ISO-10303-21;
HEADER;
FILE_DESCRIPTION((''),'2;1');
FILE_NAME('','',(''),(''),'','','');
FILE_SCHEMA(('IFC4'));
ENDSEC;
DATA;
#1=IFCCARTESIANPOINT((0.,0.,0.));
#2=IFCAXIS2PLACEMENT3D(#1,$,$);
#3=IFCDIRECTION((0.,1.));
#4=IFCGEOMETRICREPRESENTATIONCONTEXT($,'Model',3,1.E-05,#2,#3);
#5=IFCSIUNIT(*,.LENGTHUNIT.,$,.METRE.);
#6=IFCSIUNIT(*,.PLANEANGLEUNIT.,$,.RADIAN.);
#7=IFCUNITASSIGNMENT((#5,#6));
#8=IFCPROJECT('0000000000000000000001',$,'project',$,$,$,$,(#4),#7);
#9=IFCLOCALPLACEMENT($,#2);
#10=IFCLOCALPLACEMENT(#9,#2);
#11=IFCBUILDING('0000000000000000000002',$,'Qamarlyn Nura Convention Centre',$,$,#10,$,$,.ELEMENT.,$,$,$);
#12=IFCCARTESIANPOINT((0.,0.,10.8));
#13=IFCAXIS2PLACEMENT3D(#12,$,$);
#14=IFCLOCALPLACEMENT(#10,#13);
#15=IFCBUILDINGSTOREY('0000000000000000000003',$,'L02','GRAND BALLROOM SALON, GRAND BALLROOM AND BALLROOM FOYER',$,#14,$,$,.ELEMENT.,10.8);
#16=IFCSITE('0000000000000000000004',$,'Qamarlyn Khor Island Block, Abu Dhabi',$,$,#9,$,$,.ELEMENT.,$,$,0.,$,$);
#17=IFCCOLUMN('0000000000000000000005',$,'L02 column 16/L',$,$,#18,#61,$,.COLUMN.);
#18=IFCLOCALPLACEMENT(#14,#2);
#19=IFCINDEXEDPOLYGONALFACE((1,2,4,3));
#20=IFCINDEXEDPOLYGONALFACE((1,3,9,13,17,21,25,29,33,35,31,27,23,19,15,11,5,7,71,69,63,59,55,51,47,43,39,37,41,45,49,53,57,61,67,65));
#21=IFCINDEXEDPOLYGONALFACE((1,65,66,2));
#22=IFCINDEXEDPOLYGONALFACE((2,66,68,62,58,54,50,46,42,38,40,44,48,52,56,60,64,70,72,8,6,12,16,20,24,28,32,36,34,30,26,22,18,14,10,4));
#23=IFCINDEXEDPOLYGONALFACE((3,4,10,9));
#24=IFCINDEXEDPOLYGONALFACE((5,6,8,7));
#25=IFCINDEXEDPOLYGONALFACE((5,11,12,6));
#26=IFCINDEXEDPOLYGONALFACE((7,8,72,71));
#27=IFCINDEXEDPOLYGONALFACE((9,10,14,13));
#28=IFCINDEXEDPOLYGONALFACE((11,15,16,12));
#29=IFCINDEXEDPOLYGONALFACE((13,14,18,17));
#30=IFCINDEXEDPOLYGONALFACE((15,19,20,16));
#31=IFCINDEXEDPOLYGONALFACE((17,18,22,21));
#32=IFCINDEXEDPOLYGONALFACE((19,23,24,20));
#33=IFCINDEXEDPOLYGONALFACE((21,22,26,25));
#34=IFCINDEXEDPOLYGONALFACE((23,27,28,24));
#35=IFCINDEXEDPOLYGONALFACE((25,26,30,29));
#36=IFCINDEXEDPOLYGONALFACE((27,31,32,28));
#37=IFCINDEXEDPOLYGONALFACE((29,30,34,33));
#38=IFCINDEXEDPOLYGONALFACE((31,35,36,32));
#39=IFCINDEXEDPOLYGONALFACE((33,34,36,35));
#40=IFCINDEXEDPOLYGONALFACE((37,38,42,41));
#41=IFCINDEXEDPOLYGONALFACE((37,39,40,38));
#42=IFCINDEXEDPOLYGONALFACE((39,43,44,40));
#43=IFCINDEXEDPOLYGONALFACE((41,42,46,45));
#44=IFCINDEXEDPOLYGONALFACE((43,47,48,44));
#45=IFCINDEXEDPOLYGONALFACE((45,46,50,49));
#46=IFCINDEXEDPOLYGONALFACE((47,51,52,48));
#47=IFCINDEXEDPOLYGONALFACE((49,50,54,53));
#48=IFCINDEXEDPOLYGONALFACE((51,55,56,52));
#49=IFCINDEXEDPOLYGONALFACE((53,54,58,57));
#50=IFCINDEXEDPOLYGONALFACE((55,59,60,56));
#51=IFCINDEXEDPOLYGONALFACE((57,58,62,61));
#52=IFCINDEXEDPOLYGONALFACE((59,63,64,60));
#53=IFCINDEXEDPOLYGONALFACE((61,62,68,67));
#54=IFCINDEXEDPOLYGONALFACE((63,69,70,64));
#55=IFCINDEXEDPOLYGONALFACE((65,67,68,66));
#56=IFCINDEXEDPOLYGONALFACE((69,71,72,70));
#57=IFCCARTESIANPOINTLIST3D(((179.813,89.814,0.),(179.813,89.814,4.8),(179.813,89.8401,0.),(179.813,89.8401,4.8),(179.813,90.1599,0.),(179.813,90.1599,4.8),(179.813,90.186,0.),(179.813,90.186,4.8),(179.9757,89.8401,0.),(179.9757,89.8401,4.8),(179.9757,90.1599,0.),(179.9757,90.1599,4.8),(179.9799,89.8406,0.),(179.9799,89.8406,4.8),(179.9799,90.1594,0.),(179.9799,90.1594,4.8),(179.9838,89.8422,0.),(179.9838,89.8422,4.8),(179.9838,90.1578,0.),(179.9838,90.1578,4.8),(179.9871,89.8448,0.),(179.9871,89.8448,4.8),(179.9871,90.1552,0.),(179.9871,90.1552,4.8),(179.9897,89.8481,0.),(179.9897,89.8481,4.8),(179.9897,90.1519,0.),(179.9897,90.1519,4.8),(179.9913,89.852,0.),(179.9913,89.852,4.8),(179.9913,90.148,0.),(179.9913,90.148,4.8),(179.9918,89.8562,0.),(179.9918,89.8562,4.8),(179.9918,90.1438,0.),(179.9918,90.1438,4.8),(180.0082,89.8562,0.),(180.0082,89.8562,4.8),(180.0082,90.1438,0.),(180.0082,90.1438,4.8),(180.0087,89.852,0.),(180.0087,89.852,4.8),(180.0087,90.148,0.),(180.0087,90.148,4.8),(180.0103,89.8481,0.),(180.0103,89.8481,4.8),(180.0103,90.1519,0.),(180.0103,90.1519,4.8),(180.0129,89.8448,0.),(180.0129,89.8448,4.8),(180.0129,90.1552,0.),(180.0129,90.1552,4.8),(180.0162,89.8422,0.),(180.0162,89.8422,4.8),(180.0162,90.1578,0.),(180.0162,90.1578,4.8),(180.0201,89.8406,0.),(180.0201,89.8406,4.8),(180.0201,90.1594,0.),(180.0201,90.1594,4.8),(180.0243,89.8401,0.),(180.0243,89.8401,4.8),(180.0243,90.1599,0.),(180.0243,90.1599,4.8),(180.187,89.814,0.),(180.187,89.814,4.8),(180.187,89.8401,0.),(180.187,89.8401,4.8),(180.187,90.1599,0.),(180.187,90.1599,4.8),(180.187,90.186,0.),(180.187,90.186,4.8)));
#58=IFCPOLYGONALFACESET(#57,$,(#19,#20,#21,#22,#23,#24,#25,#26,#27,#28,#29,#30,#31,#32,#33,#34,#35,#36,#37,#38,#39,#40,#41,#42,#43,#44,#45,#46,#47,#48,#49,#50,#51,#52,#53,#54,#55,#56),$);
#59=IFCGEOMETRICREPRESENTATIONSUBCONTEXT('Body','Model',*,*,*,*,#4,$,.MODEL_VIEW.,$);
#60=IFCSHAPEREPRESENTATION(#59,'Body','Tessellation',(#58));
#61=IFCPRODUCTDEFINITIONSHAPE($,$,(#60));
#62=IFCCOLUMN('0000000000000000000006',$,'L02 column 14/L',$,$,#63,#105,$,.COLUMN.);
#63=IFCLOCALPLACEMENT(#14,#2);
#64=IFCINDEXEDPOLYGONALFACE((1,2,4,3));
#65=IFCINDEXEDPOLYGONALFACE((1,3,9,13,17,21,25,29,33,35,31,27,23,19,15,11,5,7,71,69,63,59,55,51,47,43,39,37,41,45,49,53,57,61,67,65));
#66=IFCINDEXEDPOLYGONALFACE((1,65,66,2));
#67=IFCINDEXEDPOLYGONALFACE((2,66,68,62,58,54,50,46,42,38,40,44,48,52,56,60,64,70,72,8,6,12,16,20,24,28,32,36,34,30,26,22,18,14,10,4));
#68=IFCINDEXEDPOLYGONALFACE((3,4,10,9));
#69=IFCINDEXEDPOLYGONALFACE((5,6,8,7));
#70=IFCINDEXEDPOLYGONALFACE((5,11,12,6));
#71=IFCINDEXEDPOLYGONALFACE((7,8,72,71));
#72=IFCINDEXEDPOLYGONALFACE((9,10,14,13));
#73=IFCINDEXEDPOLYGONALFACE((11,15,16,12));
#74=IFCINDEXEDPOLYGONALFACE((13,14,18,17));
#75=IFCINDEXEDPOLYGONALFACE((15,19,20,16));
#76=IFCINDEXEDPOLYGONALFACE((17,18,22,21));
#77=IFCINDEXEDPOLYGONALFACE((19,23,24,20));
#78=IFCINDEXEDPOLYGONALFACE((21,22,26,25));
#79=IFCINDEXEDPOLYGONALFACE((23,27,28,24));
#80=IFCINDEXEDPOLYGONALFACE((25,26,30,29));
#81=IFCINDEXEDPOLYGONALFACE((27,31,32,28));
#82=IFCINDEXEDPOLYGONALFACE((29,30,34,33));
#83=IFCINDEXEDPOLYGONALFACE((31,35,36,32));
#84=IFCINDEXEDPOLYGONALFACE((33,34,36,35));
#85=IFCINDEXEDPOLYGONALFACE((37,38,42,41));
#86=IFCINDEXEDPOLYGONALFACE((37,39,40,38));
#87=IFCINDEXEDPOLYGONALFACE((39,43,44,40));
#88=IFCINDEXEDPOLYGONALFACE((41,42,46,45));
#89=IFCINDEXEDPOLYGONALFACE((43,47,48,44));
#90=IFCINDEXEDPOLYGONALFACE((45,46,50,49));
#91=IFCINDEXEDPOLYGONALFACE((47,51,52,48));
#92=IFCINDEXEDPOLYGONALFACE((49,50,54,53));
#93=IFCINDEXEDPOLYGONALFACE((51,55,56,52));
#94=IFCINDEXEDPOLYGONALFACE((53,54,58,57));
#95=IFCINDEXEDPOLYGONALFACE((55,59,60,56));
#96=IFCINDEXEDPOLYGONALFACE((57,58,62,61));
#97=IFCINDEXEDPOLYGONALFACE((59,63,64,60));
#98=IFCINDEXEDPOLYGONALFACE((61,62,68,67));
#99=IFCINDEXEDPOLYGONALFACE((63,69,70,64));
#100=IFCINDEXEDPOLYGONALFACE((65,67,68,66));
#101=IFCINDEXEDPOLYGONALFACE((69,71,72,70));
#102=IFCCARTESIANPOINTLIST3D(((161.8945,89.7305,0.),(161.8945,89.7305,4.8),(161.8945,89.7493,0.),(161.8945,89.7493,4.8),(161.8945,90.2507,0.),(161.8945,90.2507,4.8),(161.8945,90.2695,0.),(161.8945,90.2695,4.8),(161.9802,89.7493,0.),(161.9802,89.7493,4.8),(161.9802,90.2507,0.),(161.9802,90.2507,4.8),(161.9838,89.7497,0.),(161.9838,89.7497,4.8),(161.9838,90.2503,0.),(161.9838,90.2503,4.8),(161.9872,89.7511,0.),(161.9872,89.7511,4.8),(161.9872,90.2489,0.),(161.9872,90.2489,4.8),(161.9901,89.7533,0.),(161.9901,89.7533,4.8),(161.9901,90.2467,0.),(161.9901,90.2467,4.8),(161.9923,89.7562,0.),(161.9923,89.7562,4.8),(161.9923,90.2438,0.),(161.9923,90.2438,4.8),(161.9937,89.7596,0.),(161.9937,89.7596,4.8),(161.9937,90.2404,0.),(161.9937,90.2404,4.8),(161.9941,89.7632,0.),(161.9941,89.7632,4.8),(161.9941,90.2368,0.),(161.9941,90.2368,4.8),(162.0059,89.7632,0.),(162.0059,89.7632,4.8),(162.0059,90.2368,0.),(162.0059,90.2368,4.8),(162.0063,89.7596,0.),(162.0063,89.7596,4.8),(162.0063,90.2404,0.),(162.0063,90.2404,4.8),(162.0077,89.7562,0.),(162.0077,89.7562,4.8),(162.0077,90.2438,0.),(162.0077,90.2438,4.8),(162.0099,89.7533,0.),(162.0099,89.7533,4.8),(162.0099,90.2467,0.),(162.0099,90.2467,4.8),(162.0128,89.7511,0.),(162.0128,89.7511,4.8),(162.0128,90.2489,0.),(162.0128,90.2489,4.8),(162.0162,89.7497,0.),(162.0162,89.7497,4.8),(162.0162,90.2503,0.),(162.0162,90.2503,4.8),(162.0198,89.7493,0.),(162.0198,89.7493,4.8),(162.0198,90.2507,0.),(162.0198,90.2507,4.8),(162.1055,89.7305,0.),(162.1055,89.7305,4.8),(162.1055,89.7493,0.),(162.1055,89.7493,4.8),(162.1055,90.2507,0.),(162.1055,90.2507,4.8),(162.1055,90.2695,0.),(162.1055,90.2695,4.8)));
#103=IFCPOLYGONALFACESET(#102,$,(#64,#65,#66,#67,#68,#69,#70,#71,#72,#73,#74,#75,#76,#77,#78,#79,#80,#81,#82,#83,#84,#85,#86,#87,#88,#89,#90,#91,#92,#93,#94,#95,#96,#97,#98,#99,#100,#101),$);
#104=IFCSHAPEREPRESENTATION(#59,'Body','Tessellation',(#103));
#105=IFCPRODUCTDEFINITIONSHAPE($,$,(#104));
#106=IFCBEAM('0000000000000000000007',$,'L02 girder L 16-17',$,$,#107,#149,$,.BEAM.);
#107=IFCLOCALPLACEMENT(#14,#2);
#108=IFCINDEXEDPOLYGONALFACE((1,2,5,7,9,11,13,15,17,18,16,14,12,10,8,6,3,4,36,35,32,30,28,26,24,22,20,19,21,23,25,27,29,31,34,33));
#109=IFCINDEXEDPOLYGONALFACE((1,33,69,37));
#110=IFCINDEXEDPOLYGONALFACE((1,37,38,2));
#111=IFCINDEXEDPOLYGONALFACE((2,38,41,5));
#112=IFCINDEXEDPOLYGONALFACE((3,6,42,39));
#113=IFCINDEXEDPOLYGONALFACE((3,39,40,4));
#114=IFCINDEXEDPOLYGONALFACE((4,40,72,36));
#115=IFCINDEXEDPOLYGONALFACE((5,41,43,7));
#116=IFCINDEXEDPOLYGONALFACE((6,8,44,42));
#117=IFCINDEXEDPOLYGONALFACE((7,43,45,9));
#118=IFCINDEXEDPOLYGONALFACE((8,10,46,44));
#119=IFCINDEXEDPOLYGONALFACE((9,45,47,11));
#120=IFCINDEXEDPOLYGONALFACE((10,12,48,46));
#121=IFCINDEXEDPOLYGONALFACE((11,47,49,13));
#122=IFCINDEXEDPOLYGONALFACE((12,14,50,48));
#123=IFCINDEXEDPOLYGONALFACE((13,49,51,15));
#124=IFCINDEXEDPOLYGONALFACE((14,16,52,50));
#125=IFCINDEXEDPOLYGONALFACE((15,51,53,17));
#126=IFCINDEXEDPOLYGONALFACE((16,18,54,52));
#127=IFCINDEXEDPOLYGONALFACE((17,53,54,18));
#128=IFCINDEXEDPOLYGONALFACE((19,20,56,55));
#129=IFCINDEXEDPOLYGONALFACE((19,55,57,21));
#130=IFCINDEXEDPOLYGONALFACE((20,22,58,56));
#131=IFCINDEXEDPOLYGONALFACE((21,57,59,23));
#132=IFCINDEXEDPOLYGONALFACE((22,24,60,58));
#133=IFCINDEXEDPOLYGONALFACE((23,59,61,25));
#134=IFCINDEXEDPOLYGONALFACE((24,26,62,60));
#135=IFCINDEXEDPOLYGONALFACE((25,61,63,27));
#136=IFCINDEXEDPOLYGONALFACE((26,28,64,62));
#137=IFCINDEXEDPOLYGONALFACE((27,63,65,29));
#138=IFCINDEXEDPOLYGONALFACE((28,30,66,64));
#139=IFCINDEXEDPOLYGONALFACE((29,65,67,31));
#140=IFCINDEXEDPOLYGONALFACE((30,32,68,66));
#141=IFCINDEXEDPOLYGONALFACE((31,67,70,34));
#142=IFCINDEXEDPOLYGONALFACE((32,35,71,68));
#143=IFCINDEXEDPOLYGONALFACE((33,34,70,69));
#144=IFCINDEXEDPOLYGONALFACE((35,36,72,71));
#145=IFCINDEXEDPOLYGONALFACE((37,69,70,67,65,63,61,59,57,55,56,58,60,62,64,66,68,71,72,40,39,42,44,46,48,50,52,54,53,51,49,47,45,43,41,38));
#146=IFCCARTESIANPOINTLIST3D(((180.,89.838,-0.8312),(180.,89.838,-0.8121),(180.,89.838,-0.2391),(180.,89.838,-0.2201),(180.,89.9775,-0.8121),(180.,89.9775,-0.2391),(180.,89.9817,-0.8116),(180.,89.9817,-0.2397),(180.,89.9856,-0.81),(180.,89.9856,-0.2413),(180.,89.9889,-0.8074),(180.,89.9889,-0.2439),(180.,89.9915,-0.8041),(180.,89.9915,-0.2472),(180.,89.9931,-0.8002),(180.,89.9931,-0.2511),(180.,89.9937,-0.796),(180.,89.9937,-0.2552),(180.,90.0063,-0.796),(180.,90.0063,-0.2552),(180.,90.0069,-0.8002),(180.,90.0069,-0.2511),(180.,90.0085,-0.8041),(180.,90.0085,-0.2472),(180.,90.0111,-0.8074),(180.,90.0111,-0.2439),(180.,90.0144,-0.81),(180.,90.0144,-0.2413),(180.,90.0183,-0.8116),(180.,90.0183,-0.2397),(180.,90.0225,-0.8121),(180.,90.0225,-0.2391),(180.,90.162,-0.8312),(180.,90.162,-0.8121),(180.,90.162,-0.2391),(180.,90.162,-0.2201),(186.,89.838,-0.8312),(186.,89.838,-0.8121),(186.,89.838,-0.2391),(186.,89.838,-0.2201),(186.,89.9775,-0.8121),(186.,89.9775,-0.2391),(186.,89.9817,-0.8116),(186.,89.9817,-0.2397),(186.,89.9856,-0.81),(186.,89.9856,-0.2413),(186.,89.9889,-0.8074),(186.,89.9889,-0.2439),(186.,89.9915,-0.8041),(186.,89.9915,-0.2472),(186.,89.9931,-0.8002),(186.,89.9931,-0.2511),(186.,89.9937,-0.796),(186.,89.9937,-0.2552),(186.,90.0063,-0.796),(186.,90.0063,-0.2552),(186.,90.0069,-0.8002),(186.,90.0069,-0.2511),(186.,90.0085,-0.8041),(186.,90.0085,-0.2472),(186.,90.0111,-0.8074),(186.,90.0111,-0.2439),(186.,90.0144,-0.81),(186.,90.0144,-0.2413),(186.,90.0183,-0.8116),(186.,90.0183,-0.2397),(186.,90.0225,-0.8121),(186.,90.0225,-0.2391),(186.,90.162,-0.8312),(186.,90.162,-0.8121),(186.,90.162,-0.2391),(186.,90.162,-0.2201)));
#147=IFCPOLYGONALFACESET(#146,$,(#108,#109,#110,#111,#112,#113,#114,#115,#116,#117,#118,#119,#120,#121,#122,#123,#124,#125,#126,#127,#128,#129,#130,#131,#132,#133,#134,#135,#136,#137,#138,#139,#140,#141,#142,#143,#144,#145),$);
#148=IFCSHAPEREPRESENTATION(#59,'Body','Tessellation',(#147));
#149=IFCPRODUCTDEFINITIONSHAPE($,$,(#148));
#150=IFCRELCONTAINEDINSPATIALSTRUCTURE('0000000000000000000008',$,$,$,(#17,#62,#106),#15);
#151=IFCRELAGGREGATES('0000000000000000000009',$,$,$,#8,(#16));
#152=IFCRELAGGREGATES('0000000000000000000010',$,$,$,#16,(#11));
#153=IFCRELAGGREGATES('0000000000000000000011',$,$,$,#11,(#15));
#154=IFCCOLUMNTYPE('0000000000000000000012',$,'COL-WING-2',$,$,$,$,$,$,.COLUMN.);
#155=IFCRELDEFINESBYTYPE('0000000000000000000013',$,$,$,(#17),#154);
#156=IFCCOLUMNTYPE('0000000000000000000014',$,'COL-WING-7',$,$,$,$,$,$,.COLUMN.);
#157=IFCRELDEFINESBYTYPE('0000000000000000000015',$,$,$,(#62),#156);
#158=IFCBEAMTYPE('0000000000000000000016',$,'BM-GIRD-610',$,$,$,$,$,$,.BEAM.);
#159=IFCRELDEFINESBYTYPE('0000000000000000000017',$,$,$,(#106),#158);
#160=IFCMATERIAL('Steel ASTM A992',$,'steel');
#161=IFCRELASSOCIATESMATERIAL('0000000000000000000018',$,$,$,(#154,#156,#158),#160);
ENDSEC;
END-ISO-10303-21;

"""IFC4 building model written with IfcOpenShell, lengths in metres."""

from ifc_helpers import new_model, si_unit, direction, frame, origin, origin_2d, place, context, subcontext, project, spatial, i_section, extrude, material, material_profile, profile_set, type_object, element, save


model = new_model("IFC4")

# Units and contexts
model_context = context("Model", 3, precision=1e-05, world=origin(), true_north=direction((0.0, 1.0)))
body_context = subcontext(model_context, "Body", "Model", "MODEL_VIEW")
ifc_project = project(units=[si_unit("LENGTHUNIT", "METRE"), si_unit("PLANEANGLEUNIT", "RADIAN")], contexts=[model_context])

# Site, building, storey
site_placement = place(None, origin())
site = spatial("IfcSite", under=ifc_project, at=site_placement, Name="Qamarlyn Khor Island Block, Abu Dhabi", CompositionType="ELEMENT", RefElevation=0.0)
building_placement = place(site_placement, origin())
building = spatial("IfcBuilding", under=site, at=building_placement, Name="Qamarlyn Nura Convention Centre", CompositionType="ELEMENT")
storey_placement = place(building_placement, frame((0.0, 0.0, 10.8)))
storey = spatial("IfcBuildingStorey", under=building, at=storey_placement, Name="L02", Description="GRAND BALLROOM SALON, GRAND BALLROOM AND BALLROOM FOYER", CompositionType="ELEMENT", Elevation=10.8)

# Columns
ifc_material_1 = material(Name="Steel ASTM A992", Category="steel")
ifc_material_profile_1 = material_profile(ifc_material_1, i_section(OverallWidth=0.374, OverallDepth=0.3721, WebThickness=0.0164, FlangeThickness=0.0261, FilletRadius=0.0161, at=origin_2d()), Name="W360X196")
ifc_profile_set_1 = profile_set([ifc_material_profile_1], Name="Steel ASTM A992")
column_type_1 = type_object("IfcColumnType", Name="COL-WING-2", PredefinedType="COLUMN", material=ifc_profile_set_1)
column_1_placement = place(storey_placement, frame((180.0, 90.0, 0.0), z_axis=(0.0, 0.0, 1.0), x_axis=(1.0, 0.0, 0.0)))
element("IfcColumn", 1, at=column_1_placement, inside=storey, type_object=column_type_1, Name="L02 column 16/L", PredefinedType="COLUMN", context=body_context, shape_type="SweptSolid", body=[
    extrude(i_section(OverallWidth=0.374, OverallDepth=0.3721, WebThickness=0.0164, FlangeThickness=0.0261, FilletRadius=0.0161, at=origin_2d()), origin(), (0.0, 0.0, 1.0), 4.8),
])
ifc_material_profile_2 = material_profile(ifc_material_1, i_section(OverallWidth=0.2109, OverallDepth=0.5391, WebThickness=0.0117, FlangeThickness=0.0188, FilletRadius=0.0139, at=origin_2d()), Name="W530X109")
ifc_profile_set_2 = profile_set([ifc_material_profile_2], Name="Steel ASTM A992")
column_type_2 = type_object("IfcColumnType", Name="COL-WING-7", PredefinedType="COLUMN", material=ifc_profile_set_2)
column_2_placement = place(storey_placement, frame((162.0, 90.0, 0.0), z_axis=(0.0, 0.0, 1.0), x_axis=(1.0, 0.0, 0.0)))
element("IfcColumn", 2, at=column_2_placement, inside=storey, type_object=column_type_2, Name="L02 column 14/L", PredefinedType="COLUMN", context=body_context, shape_type="SweptSolid", body=[
    extrude(i_section(OverallWidth=0.2109, OverallDepth=0.5391, WebThickness=0.0117, FlangeThickness=0.0188, FilletRadius=0.0139, at=origin_2d()), origin(), (0.0, 0.0, 1.0), 4.8),
])

# Beam
ifc_material_profile_3 = material_profile(ifc_material_1, i_section(OverallWidth=0.324, OverallDepth=0.6111, WebThickness=0.0127, FlangeThickness=0.019, FilletRadius=0.0161, at=origin_2d()), Name="W610X155")
ifc_profile_set_3 = profile_set([ifc_material_profile_3], Name="Steel ASTM A992")
beam_type_1 = type_object("IfcBeamType", Name="BM-GIRD-610", PredefinedType="BEAM", material=ifc_profile_set_3)
beam_1_placement = place(storey_placement, frame((180.0, 90.0, -0.5256), z_axis=(1.0, 0.0, 0.0), x_axis=(0.0, 1.0, 0.0)))
element("IfcBeam", 3, at=beam_1_placement, inside=storey, type_object=beam_type_1, Name="L02 girder L 16-17", PredefinedType="BEAM", context=body_context, shape_type="SweptSolid", body=[
    extrude(i_section(OverallWidth=0.324, OverallDepth=0.6111, WebThickness=0.0127, FlangeThickness=0.019, FilletRadius=0.0161, at=origin_2d()), origin(), (0.0, 0.0, 1.0), 6.0),
])

save(model, "model.ifc")
